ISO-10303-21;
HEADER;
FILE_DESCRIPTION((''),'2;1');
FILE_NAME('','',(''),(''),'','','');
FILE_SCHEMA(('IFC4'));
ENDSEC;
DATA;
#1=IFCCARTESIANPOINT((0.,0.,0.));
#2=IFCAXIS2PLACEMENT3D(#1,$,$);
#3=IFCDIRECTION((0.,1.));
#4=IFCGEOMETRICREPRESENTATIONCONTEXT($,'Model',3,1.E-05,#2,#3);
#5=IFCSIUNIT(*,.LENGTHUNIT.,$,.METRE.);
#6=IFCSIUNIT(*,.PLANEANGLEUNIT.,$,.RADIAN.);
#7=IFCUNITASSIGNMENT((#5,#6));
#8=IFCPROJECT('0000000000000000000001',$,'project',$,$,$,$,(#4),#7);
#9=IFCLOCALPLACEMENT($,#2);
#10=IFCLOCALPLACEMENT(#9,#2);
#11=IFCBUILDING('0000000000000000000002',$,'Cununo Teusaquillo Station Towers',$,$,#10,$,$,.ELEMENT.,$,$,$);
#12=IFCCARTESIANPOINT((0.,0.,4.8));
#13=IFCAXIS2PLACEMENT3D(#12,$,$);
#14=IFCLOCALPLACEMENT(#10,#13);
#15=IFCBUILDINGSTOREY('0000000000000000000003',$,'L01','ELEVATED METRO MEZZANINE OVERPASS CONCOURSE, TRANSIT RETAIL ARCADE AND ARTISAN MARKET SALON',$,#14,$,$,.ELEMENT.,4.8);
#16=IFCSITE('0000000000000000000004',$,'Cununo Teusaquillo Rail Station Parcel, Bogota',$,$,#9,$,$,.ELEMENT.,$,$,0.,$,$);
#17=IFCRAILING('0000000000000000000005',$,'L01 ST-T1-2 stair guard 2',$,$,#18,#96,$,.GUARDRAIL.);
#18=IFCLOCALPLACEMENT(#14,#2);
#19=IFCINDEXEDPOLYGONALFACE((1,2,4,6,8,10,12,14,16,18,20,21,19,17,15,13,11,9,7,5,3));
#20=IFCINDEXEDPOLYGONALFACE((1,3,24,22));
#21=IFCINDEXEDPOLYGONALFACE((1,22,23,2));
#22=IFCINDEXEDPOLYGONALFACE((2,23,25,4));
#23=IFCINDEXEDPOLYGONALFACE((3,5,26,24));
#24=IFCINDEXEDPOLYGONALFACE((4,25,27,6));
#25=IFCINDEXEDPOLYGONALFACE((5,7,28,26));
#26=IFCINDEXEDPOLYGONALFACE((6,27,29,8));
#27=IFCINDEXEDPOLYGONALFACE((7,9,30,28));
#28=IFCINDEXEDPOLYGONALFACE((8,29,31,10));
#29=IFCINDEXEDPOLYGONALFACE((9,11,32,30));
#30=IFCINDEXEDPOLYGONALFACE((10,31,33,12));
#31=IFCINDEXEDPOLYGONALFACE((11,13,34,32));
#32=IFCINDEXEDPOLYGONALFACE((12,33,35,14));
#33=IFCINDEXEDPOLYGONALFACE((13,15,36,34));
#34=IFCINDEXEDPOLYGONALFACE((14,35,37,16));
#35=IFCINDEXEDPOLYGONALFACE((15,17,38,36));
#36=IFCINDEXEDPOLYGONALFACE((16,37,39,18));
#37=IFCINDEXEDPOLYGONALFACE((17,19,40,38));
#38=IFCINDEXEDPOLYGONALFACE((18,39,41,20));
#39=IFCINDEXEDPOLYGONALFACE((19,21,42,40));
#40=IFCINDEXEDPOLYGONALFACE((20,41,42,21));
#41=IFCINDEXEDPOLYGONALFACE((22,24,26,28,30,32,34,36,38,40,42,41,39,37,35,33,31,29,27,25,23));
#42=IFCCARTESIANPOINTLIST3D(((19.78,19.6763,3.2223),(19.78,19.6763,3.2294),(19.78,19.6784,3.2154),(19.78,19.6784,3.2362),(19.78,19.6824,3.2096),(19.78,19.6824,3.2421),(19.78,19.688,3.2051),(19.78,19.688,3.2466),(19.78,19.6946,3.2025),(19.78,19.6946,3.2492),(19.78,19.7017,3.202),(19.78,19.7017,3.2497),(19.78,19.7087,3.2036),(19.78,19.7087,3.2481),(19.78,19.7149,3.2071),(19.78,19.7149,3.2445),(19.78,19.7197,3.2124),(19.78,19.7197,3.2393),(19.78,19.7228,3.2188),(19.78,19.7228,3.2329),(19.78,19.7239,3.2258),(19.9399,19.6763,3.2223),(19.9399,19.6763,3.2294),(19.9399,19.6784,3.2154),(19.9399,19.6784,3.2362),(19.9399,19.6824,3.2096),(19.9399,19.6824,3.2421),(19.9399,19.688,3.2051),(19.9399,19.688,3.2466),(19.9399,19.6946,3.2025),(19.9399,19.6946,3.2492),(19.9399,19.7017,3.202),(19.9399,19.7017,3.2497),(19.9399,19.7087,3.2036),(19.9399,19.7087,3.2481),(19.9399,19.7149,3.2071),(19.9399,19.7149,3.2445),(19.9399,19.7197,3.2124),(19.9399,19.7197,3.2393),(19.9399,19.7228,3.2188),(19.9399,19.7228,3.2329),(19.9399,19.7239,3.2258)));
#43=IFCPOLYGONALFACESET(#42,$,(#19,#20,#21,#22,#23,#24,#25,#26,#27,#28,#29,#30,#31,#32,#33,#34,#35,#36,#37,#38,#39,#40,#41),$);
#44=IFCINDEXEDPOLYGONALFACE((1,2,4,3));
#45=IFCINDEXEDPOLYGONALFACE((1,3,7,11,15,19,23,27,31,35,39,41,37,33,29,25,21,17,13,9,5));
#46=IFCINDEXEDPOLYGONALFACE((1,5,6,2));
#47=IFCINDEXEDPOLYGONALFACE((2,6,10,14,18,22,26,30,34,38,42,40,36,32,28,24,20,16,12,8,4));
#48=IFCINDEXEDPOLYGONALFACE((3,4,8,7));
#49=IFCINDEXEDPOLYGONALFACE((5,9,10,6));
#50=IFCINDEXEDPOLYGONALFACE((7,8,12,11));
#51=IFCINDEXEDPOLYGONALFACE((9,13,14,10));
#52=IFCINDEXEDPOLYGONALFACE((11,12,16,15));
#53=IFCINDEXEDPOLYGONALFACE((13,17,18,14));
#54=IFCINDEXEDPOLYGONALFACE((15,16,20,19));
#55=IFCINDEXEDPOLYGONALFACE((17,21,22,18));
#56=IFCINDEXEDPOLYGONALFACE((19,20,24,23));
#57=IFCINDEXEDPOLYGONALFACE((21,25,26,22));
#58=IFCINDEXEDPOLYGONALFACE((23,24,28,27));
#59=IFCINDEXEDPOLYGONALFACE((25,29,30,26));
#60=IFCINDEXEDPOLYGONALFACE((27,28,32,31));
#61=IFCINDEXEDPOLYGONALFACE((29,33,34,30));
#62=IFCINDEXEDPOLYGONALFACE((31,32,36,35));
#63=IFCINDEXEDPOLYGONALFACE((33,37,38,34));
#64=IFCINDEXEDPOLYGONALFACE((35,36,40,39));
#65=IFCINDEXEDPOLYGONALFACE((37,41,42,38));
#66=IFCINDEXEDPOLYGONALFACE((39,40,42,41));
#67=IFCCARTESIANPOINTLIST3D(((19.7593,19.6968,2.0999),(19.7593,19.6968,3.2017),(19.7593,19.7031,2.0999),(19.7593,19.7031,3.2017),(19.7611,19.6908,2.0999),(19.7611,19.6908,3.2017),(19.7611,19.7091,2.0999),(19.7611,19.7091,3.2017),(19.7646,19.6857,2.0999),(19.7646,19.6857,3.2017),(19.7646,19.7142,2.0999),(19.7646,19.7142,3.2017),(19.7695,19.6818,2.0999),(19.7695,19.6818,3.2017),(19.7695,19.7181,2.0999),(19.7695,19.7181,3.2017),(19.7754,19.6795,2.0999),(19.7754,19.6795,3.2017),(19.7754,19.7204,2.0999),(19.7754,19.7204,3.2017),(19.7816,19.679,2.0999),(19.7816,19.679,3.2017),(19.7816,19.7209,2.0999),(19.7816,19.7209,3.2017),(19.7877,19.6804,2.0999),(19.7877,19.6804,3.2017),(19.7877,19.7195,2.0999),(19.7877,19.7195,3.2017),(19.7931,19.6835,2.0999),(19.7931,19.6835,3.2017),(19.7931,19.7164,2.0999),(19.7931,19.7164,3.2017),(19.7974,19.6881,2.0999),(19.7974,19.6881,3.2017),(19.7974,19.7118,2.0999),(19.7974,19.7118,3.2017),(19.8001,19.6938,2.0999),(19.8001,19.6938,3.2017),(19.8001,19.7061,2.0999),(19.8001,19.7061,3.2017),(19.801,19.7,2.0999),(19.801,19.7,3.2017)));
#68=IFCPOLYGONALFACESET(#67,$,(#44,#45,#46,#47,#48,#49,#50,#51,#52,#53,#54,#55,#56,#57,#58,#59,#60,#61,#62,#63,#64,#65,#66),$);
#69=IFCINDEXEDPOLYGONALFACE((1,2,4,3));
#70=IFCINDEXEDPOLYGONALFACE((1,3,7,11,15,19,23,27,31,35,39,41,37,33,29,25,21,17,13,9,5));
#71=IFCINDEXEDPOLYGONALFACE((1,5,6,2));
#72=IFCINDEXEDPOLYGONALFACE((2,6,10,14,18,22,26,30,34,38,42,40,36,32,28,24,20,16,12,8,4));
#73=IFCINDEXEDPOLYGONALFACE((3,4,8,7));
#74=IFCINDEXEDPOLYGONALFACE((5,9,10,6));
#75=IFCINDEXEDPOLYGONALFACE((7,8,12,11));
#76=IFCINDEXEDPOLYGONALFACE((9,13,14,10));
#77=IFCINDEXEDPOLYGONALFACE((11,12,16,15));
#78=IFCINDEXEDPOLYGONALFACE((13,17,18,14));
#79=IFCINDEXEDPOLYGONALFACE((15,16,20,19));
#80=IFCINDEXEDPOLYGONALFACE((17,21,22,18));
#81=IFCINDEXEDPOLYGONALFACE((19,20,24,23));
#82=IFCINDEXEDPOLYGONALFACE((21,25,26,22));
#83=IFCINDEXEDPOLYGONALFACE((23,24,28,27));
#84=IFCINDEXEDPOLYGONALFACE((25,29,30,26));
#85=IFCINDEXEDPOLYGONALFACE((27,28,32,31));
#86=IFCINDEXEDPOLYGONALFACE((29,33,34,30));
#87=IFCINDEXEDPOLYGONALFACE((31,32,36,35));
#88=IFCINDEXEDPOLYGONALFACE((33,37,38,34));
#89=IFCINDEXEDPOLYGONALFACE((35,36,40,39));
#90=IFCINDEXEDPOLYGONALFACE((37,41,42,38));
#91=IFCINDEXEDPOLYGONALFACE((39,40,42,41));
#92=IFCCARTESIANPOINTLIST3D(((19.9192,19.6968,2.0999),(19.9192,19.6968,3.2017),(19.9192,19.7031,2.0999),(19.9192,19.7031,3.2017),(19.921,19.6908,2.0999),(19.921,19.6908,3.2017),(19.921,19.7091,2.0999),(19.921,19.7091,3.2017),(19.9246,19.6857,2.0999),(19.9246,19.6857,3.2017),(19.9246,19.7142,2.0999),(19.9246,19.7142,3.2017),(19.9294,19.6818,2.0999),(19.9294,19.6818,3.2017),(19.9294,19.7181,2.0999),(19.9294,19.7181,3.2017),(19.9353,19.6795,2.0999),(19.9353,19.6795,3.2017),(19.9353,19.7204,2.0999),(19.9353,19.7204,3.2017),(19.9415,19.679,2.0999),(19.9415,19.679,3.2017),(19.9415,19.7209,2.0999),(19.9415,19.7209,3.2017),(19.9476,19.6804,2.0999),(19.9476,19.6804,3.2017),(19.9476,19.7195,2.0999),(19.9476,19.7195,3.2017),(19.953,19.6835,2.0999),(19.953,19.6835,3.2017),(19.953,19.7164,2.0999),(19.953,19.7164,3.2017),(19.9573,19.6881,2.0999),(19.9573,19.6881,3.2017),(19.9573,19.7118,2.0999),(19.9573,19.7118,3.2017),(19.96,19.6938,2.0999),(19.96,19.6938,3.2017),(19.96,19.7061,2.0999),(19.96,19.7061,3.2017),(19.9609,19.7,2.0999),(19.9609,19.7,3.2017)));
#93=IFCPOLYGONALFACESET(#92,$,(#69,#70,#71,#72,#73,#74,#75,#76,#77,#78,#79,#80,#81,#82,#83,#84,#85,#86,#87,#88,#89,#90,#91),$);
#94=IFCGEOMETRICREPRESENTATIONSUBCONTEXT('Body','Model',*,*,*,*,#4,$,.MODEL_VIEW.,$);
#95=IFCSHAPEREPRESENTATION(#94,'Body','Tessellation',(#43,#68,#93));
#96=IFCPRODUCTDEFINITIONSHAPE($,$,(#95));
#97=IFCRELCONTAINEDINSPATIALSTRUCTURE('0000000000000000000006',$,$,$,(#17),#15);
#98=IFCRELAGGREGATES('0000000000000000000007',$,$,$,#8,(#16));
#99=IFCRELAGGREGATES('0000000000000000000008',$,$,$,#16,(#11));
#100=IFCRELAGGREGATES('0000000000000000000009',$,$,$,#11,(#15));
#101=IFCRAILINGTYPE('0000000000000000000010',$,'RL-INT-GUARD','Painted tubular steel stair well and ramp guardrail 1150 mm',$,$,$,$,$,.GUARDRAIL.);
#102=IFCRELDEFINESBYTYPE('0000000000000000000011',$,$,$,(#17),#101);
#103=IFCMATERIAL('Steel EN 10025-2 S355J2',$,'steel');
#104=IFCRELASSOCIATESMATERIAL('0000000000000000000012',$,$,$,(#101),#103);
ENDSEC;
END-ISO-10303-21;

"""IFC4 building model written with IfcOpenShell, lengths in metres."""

from ifc_helpers import new_model, si_unit, direction, frame, origin, origin_2d, place, context, subcontext, project, spatial, circle, extrude, material, type_object, element, save


model = new_model("IFC4")

# Units and contexts
model_context = context("Model", 3, precision=1e-05, world=origin(), true_north=direction((0.0, 1.0)))
body_context = subcontext(model_context, "Body", "Model", "MODEL_VIEW")
ifc_project = project(units=[si_unit("LENGTHUNIT", "METRE"), si_unit("PLANEANGLEUNIT", "RADIAN")], contexts=[model_context])

# Site, building, storey
site_placement = place(None, origin())
site = spatial("IfcSite", under=ifc_project, at=site_placement, Name="Cununo Teusaquillo Rail Station Parcel, Bogota", CompositionType="ELEMENT", RefElevation=0.0)
building_placement = place(site_placement, origin())
building = spatial("IfcBuilding", under=site, at=building_placement, Name="Cununo Teusaquillo Station Towers", CompositionType="ELEMENT")
storey_placement = place(building_placement, frame((0.0, 0.0, 4.8)))
storey = spatial("IfcBuildingStorey", under=building, at=storey_placement, Name="L01", Description="ELEVATED METRO MEZZANINE OVERPASS CONCOURSE, TRANSIT RETAIL ARCADE AND ARTISAN MARKET SALON", CompositionType="ELEMENT", Elevation=4.8)

# Railing
ifc_material_1 = material(Name="Steel EN 10025-2 S355J2", Category="steel")
railing_type_1 = type_object("IfcRailingType", Name="RL-INT-GUARD", Description="Painted tubular steel stair well and ramp guardrail 1150 mm", PredefinedType="GUARDRAIL", material=ifc_material_1)
railing_1_placement = place(storey_placement, frame((19.78, 19.7, 2.0999)))
element("IfcRailing", 1, at=railing_1_placement, inside=storey, type_object=railing_type_1, Name="L01 ST-T1-2 stair guard 2", PredefinedType="GUARDRAIL", context=body_context, shape_type="SweptSolid", body=[
    extrude(circle(Radius=0.0239, at=origin_2d()), frame((0.0, 0.0, 1.126), z_axis=(1.0, 0.0, 0.0), x_axis=(0.0, 1.0, 0.0)), (0.0, 0.0, 1.0), 0.1599),
    extrude(circle(Radius=0.021, at=origin_2d()), origin(), (0.0, 0.0, 1.0), 1.1018),
    extrude(circle(Radius=0.021, at=origin_2d()), frame((0.1599, 0.0, 0.0)), (0.0, 0.0, 1.0), 1.1018),
])

save(model, "model.ifc")
